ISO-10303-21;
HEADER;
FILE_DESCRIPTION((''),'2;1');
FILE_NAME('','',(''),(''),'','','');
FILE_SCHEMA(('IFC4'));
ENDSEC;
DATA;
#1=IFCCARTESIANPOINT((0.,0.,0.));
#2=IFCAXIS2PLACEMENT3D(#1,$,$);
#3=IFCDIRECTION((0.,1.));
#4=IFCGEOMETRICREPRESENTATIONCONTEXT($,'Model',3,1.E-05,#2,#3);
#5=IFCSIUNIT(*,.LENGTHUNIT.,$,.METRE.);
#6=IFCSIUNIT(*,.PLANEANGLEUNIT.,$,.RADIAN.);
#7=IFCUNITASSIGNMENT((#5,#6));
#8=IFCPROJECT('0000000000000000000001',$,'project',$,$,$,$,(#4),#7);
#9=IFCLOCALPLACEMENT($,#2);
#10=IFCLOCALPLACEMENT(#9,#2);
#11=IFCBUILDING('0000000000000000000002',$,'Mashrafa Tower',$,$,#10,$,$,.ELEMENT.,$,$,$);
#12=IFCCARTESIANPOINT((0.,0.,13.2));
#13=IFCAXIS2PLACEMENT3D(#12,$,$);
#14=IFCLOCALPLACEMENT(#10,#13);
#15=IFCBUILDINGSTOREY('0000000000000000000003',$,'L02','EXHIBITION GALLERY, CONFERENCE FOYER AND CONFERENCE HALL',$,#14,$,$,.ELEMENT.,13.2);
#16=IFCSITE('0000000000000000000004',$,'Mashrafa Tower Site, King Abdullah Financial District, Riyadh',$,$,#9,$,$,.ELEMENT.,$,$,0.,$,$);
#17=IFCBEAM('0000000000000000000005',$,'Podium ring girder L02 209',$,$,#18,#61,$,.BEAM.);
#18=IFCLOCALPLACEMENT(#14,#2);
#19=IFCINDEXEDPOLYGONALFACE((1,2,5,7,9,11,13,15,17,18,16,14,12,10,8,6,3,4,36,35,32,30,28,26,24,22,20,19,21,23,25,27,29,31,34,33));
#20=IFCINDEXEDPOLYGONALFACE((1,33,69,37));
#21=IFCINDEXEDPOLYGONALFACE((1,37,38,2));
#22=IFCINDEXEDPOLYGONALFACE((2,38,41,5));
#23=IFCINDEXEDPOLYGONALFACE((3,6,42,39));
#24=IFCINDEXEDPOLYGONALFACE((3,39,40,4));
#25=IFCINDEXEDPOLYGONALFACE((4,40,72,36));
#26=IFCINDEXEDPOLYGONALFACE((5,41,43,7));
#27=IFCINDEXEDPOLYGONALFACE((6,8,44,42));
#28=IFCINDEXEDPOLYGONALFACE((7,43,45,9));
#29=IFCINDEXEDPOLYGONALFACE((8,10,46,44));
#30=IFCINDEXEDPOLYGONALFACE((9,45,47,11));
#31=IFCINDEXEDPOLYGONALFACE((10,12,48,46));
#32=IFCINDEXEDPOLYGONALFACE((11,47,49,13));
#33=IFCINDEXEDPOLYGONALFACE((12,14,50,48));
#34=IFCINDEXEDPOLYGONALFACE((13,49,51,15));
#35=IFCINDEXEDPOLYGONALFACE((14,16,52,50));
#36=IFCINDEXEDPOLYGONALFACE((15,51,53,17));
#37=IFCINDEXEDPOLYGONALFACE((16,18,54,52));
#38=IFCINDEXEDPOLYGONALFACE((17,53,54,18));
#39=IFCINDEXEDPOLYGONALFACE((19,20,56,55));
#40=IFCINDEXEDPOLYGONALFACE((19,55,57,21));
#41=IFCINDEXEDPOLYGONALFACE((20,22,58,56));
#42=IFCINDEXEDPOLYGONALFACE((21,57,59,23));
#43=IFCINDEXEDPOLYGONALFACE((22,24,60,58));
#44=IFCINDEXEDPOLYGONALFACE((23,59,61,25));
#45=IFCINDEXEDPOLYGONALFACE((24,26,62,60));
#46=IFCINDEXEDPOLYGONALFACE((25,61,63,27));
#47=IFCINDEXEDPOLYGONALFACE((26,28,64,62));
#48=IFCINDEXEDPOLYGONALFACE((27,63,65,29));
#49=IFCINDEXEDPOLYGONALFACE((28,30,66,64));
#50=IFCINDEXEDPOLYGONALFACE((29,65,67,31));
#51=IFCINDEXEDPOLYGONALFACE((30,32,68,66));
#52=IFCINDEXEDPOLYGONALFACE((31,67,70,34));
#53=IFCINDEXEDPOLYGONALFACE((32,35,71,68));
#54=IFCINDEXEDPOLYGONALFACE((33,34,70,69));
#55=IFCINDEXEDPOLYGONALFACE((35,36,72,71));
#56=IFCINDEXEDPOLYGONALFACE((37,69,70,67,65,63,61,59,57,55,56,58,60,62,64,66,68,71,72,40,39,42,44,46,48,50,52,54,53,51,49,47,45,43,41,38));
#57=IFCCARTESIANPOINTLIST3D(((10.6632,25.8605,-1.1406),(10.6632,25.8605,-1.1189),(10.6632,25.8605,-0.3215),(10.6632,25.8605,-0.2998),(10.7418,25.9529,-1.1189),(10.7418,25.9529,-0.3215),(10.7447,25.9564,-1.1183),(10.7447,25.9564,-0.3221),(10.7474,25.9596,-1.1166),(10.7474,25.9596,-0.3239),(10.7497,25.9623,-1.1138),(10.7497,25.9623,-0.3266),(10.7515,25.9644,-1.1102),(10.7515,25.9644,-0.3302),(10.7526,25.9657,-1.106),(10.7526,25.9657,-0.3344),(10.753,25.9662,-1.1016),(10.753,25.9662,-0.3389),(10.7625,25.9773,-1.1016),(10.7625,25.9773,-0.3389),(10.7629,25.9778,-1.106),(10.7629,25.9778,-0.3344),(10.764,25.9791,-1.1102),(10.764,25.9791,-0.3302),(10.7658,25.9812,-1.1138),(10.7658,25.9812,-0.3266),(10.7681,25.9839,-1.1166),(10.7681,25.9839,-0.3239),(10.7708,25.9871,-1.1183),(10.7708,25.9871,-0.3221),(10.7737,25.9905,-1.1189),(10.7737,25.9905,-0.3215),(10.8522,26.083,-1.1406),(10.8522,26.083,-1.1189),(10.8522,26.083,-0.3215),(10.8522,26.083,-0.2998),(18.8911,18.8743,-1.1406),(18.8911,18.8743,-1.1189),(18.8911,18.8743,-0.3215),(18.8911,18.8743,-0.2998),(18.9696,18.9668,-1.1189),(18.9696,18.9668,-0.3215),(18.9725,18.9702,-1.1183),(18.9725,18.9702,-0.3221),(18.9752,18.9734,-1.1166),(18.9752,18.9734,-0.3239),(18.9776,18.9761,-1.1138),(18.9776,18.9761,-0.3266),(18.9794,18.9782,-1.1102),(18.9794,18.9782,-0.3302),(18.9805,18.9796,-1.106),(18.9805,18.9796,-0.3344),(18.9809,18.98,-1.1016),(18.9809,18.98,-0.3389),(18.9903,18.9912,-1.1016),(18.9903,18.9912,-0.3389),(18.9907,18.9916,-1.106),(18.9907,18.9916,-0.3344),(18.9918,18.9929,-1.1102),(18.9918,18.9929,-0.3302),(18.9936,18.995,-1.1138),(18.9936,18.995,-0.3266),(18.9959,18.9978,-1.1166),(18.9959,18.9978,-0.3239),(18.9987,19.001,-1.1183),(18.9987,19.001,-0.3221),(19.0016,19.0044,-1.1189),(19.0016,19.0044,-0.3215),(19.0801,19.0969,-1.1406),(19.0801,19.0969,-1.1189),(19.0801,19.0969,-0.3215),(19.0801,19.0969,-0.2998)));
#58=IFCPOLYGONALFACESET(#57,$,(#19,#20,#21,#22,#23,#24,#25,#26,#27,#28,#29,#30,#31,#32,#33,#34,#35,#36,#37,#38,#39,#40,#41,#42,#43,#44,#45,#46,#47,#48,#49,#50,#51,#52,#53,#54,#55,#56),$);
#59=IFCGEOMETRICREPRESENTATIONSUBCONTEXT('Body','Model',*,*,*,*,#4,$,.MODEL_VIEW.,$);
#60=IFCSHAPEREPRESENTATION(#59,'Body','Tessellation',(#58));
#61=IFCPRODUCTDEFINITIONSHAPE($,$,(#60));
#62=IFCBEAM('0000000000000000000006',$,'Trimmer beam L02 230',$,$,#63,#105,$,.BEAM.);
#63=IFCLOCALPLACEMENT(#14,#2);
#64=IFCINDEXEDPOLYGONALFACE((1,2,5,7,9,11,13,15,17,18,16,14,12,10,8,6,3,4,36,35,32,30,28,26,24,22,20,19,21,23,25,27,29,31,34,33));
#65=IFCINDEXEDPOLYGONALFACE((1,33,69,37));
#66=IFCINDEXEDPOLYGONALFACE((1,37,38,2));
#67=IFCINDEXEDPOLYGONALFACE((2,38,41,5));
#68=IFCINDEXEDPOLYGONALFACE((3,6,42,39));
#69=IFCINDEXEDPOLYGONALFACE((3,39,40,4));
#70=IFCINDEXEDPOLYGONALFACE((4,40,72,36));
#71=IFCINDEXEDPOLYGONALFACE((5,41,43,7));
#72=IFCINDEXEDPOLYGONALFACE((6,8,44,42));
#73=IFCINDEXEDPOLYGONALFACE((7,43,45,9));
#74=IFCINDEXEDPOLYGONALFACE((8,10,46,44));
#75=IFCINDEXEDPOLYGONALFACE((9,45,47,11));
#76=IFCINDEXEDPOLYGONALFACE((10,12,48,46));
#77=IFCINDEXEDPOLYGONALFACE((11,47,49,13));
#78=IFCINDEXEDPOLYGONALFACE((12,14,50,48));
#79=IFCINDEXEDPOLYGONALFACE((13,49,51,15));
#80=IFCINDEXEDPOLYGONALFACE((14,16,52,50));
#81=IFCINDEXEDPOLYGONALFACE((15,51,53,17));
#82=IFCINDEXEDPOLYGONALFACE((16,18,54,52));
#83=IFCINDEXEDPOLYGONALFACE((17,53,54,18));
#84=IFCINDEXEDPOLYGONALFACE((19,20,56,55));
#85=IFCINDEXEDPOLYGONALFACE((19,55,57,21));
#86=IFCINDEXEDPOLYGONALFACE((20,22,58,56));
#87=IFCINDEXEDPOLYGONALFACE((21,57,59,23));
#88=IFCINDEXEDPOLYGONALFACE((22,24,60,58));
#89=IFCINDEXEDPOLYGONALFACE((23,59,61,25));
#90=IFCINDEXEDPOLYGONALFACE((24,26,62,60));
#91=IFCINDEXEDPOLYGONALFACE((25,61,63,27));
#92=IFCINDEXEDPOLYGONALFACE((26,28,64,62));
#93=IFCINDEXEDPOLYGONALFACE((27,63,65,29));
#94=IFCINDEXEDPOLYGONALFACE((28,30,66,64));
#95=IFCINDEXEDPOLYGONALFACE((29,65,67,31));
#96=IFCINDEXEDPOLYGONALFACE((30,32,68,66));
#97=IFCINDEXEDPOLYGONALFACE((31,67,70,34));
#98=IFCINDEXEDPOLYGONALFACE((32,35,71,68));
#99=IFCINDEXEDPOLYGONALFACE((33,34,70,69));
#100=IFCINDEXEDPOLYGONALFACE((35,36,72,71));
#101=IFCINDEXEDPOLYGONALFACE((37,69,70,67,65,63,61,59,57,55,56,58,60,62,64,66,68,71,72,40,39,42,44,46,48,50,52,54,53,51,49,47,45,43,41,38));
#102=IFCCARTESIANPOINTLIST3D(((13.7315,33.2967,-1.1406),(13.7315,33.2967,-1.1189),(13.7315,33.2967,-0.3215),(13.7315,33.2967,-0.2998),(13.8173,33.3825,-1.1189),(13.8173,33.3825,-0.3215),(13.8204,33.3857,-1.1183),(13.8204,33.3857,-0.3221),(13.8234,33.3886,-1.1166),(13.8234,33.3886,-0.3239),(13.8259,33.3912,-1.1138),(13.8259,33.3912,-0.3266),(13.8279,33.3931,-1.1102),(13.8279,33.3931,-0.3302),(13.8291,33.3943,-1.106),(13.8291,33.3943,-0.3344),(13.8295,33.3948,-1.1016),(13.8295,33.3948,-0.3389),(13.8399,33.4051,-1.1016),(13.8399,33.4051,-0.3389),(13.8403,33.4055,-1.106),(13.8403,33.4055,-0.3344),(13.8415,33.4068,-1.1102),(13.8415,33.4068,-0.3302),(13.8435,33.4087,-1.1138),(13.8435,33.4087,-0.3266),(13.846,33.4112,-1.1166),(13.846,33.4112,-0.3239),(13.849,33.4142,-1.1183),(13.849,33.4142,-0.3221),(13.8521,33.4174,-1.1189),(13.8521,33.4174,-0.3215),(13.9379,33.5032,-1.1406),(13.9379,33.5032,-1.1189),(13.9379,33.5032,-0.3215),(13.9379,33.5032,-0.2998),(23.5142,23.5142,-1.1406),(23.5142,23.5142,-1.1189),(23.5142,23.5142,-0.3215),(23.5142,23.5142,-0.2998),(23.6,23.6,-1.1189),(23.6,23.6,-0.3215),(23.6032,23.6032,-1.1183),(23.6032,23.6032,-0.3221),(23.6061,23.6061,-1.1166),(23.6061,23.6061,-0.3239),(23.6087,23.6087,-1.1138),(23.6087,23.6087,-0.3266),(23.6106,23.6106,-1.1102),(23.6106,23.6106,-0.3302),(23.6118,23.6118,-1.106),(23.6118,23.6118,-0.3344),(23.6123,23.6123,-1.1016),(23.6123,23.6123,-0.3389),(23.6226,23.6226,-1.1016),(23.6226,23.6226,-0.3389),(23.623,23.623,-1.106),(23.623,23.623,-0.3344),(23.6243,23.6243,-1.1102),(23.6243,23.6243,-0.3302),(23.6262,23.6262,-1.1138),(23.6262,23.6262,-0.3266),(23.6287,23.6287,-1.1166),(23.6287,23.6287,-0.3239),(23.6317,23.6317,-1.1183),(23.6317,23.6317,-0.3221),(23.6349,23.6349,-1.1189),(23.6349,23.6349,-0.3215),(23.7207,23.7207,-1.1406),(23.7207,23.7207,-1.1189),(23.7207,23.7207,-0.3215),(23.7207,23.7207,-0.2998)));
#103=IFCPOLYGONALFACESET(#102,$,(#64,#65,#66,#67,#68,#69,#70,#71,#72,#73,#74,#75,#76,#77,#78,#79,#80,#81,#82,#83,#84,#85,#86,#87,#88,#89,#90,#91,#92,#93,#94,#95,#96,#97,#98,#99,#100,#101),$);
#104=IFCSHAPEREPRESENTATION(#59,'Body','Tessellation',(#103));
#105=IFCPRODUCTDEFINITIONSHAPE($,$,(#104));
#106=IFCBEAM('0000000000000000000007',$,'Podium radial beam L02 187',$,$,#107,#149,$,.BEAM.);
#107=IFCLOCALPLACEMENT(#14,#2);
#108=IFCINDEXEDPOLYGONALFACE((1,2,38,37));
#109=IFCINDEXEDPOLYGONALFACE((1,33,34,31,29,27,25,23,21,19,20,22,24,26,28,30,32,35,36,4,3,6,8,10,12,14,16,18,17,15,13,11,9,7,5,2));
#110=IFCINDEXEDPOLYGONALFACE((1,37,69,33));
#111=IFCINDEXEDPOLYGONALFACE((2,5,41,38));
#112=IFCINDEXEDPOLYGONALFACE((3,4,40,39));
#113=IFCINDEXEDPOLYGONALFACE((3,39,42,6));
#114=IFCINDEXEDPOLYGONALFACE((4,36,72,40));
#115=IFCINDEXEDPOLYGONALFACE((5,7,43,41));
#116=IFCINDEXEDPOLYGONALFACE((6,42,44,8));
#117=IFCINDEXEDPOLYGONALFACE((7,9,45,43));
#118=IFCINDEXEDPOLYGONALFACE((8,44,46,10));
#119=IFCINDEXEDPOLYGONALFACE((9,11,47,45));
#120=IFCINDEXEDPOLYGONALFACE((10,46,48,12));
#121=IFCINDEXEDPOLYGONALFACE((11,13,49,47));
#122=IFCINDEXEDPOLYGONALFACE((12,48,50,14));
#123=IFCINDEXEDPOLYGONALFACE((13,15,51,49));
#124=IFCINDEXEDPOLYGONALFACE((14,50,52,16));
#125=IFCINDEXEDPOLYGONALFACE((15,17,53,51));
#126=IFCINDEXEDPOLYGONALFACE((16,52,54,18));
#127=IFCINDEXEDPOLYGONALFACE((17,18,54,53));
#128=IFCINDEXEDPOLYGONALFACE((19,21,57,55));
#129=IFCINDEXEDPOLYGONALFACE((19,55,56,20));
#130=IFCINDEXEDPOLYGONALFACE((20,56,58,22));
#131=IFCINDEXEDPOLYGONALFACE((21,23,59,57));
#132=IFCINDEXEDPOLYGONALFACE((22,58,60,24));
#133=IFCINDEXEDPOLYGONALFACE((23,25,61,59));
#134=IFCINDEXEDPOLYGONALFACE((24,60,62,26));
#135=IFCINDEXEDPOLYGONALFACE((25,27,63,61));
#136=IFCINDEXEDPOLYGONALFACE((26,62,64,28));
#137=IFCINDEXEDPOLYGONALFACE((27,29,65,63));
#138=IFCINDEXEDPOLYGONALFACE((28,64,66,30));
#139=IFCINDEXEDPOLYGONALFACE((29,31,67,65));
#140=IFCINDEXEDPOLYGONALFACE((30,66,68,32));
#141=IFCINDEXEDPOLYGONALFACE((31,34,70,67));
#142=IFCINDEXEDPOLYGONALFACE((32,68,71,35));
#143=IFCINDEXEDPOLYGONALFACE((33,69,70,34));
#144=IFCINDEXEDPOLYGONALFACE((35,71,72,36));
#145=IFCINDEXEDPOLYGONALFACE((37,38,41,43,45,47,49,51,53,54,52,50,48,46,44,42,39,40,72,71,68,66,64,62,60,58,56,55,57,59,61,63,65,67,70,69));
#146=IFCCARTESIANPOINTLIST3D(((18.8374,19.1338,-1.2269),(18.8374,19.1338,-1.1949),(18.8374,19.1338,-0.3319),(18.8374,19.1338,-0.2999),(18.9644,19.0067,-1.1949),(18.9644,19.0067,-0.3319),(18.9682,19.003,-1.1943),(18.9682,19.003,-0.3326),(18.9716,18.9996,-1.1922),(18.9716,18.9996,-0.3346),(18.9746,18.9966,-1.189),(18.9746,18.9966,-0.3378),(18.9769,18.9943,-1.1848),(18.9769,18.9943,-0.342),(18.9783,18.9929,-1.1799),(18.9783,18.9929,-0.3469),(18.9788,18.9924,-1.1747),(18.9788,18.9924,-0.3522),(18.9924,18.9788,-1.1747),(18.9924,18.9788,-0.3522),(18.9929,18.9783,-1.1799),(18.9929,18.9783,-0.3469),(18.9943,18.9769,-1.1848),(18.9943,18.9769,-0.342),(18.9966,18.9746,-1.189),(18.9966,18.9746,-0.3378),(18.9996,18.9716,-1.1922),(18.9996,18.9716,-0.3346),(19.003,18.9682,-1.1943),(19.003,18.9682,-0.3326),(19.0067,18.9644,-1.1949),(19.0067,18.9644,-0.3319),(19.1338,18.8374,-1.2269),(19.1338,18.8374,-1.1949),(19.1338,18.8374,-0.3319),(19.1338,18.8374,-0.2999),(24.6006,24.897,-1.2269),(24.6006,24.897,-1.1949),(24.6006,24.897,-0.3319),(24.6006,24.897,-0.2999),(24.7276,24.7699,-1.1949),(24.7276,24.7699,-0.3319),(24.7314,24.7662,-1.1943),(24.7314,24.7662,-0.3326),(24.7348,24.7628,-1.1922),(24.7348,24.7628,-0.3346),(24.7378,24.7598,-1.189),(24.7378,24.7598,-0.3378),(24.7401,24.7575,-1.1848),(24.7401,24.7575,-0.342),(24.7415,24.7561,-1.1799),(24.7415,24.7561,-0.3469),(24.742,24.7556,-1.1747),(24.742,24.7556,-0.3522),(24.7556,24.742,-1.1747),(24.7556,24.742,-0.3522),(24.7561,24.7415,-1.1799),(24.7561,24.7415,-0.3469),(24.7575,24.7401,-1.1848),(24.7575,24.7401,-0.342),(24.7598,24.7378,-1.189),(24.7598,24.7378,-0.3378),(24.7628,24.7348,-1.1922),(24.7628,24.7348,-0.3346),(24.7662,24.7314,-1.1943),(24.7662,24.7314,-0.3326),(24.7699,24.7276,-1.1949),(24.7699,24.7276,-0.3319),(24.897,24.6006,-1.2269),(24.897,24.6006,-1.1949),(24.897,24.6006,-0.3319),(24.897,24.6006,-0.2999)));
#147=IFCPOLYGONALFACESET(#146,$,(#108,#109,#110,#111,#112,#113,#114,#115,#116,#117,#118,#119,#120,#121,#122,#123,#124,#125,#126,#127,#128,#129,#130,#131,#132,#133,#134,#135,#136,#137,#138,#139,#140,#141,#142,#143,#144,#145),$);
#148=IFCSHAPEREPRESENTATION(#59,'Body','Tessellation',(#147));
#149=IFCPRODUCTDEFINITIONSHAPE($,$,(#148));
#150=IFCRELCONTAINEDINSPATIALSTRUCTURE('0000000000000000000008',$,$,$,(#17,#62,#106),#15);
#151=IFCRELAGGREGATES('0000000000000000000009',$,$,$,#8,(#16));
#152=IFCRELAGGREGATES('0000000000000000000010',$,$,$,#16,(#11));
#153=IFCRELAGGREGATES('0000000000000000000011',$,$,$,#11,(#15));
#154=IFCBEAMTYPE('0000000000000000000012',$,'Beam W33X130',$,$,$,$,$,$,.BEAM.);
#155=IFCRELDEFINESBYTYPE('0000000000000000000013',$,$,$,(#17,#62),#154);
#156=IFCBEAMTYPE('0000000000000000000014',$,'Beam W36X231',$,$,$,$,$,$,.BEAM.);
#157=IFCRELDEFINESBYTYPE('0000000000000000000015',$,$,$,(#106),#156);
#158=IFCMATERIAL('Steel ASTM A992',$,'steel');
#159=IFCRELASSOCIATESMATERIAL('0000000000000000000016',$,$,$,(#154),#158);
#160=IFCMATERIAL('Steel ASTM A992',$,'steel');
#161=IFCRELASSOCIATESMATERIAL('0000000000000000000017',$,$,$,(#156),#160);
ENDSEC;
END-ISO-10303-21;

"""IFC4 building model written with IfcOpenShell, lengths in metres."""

from ifc_helpers import new_model, si_unit, direction, frame, origin, origin_2d, place, context, subcontext, project, spatial, i_section, extrude, material, material_profile, profile_set, type_object, element, save


model = new_model("IFC4")

# Units and contexts
model_context = context("Model", 3, precision=1e-05, world=origin(), true_north=direction((0.0, 1.0)))
body_context = subcontext(model_context, "Body", "Model", "MODEL_VIEW")
ifc_project = project(units=[si_unit("LENGTHUNIT", "METRE"), si_unit("PLANEANGLEUNIT", "RADIAN")], contexts=[model_context])

# Site, building, storey
site_placement = place(None, origin())
site = spatial("IfcSite", under=ifc_project, at=site_placement, Name="Mashrafa Tower Site, King Abdullah Financial District, Riyadh", CompositionType="ELEMENT", RefElevation=0.0)
building_placement = place(site_placement, origin())
building = spatial("IfcBuilding", under=site, at=building_placement, Name="Mashrafa Tower", CompositionType="ELEMENT")
storey_placement = place(building_placement, frame((0.0, 0.0, 13.2)))
storey = spatial("IfcBuildingStorey", under=building, at=storey_placement, Name="L02", Description="EXHIBITION GALLERY, CONFERENCE FOYER AND CONFERENCE HALL", CompositionType="ELEMENT", Elevation=13.2)

# Beams
ifc_material_1 = material(Name="Steel ASTM A992", Category="steel")
ifc_material_profile_1 = material_profile(ifc_material_1, i_section(OverallWidth=0.292, OverallDepth=0.8408, WebThickness=0.0146, FlangeThickness=0.0217, FilletRadius=0.0173, at=origin_2d()), Name="W33X130")
ifc_profile_set_1 = profile_set([ifc_material_profile_1], Name="Steel ASTM A992")
beam_type_1 = type_object("IfcBeamType", Name="Beam W33X130", PredefinedType="BEAM", material=ifc_profile_set_1)
beam_1_placement = place(storey_placement, frame((18.9856, 18.9856, -0.7202), z_axis=(-0.762284, 0.647243, 0.0), x_axis=(-0.647243, -0.762284, 0.0)))
element("IfcBeam", 1, at=beam_1_placement, inside=storey, type_object=beam_type_1, Name="Podium ring girder L02 209", PredefinedType="BEAM", context=body_context, shape_type="SweptSolid", body=[
    extrude(i_section(OverallWidth=0.292, OverallDepth=0.8408, WebThickness=0.0146, FlangeThickness=0.0217, FilletRadius=0.0173, at=origin_2d()), origin(), (0.0, 0.0, 1.0), 10.7937),
])
beam_2_placement = place(storey_placement, frame((23.6174, 23.6174, -0.7202), z_axis=(-0.707116, 0.707098, 0.0), x_axis=(-0.707098, -0.707116, 0.0)))
element("IfcBeam", 2, at=beam_2_placement, inside=storey, type_object=beam_type_1, Name="Trimmer beam L02 230", PredefinedType="BEAM", context=body_context, shape_type="SweptSolid", body=[
    extrude(i_section(OverallWidth=0.292, OverallDepth=0.8408, WebThickness=0.0146, FlangeThickness=0.0217, FilletRadius=0.0173, at=origin_2d()), origin(), (0.0, 0.0, 1.0), 13.8347),
])
ifc_material_2 = material(Name="Steel ASTM A992", Category="steel")
ifc_material_profile_2 = material_profile(ifc_material_2, i_section(OverallWidth=0.4192, OverallDepth=0.927, WebThickness=0.0193, FlangeThickness=0.032, FilletRadius=0.0203, at=origin_2d()), Name="W36X231")
ifc_profile_set_2 = profile_set([ifc_material_profile_2], Name="Steel ASTM A992")
beam_type_2 = type_object("IfcBeamType", Name="Beam W36X231", PredefinedType="BEAM", material=ifc_profile_set_2)
beam_3_placement = place(storey_placement, frame((18.9856, 18.9856, -0.7634), z_axis=(0.707107, 0.707107, 0.0), x_axis=(-0.707107, 0.707107, 0.0)))
element("IfcBeam", 3, at=beam_3_placement, inside=storey, type_object=beam_type_2, Name="Podium radial beam L02 187", PredefinedType="BEAM", context=body_context, shape_type="SweptSolid", body=[
    extrude(i_section(OverallWidth=0.4192, OverallDepth=0.927, WebThickness=0.0193, FlangeThickness=0.032, FilletRadius=0.0203, at=origin_2d()), origin(), (0.0, 0.0, 1.0), 8.1504),
])

save(model, "model.ifc")
